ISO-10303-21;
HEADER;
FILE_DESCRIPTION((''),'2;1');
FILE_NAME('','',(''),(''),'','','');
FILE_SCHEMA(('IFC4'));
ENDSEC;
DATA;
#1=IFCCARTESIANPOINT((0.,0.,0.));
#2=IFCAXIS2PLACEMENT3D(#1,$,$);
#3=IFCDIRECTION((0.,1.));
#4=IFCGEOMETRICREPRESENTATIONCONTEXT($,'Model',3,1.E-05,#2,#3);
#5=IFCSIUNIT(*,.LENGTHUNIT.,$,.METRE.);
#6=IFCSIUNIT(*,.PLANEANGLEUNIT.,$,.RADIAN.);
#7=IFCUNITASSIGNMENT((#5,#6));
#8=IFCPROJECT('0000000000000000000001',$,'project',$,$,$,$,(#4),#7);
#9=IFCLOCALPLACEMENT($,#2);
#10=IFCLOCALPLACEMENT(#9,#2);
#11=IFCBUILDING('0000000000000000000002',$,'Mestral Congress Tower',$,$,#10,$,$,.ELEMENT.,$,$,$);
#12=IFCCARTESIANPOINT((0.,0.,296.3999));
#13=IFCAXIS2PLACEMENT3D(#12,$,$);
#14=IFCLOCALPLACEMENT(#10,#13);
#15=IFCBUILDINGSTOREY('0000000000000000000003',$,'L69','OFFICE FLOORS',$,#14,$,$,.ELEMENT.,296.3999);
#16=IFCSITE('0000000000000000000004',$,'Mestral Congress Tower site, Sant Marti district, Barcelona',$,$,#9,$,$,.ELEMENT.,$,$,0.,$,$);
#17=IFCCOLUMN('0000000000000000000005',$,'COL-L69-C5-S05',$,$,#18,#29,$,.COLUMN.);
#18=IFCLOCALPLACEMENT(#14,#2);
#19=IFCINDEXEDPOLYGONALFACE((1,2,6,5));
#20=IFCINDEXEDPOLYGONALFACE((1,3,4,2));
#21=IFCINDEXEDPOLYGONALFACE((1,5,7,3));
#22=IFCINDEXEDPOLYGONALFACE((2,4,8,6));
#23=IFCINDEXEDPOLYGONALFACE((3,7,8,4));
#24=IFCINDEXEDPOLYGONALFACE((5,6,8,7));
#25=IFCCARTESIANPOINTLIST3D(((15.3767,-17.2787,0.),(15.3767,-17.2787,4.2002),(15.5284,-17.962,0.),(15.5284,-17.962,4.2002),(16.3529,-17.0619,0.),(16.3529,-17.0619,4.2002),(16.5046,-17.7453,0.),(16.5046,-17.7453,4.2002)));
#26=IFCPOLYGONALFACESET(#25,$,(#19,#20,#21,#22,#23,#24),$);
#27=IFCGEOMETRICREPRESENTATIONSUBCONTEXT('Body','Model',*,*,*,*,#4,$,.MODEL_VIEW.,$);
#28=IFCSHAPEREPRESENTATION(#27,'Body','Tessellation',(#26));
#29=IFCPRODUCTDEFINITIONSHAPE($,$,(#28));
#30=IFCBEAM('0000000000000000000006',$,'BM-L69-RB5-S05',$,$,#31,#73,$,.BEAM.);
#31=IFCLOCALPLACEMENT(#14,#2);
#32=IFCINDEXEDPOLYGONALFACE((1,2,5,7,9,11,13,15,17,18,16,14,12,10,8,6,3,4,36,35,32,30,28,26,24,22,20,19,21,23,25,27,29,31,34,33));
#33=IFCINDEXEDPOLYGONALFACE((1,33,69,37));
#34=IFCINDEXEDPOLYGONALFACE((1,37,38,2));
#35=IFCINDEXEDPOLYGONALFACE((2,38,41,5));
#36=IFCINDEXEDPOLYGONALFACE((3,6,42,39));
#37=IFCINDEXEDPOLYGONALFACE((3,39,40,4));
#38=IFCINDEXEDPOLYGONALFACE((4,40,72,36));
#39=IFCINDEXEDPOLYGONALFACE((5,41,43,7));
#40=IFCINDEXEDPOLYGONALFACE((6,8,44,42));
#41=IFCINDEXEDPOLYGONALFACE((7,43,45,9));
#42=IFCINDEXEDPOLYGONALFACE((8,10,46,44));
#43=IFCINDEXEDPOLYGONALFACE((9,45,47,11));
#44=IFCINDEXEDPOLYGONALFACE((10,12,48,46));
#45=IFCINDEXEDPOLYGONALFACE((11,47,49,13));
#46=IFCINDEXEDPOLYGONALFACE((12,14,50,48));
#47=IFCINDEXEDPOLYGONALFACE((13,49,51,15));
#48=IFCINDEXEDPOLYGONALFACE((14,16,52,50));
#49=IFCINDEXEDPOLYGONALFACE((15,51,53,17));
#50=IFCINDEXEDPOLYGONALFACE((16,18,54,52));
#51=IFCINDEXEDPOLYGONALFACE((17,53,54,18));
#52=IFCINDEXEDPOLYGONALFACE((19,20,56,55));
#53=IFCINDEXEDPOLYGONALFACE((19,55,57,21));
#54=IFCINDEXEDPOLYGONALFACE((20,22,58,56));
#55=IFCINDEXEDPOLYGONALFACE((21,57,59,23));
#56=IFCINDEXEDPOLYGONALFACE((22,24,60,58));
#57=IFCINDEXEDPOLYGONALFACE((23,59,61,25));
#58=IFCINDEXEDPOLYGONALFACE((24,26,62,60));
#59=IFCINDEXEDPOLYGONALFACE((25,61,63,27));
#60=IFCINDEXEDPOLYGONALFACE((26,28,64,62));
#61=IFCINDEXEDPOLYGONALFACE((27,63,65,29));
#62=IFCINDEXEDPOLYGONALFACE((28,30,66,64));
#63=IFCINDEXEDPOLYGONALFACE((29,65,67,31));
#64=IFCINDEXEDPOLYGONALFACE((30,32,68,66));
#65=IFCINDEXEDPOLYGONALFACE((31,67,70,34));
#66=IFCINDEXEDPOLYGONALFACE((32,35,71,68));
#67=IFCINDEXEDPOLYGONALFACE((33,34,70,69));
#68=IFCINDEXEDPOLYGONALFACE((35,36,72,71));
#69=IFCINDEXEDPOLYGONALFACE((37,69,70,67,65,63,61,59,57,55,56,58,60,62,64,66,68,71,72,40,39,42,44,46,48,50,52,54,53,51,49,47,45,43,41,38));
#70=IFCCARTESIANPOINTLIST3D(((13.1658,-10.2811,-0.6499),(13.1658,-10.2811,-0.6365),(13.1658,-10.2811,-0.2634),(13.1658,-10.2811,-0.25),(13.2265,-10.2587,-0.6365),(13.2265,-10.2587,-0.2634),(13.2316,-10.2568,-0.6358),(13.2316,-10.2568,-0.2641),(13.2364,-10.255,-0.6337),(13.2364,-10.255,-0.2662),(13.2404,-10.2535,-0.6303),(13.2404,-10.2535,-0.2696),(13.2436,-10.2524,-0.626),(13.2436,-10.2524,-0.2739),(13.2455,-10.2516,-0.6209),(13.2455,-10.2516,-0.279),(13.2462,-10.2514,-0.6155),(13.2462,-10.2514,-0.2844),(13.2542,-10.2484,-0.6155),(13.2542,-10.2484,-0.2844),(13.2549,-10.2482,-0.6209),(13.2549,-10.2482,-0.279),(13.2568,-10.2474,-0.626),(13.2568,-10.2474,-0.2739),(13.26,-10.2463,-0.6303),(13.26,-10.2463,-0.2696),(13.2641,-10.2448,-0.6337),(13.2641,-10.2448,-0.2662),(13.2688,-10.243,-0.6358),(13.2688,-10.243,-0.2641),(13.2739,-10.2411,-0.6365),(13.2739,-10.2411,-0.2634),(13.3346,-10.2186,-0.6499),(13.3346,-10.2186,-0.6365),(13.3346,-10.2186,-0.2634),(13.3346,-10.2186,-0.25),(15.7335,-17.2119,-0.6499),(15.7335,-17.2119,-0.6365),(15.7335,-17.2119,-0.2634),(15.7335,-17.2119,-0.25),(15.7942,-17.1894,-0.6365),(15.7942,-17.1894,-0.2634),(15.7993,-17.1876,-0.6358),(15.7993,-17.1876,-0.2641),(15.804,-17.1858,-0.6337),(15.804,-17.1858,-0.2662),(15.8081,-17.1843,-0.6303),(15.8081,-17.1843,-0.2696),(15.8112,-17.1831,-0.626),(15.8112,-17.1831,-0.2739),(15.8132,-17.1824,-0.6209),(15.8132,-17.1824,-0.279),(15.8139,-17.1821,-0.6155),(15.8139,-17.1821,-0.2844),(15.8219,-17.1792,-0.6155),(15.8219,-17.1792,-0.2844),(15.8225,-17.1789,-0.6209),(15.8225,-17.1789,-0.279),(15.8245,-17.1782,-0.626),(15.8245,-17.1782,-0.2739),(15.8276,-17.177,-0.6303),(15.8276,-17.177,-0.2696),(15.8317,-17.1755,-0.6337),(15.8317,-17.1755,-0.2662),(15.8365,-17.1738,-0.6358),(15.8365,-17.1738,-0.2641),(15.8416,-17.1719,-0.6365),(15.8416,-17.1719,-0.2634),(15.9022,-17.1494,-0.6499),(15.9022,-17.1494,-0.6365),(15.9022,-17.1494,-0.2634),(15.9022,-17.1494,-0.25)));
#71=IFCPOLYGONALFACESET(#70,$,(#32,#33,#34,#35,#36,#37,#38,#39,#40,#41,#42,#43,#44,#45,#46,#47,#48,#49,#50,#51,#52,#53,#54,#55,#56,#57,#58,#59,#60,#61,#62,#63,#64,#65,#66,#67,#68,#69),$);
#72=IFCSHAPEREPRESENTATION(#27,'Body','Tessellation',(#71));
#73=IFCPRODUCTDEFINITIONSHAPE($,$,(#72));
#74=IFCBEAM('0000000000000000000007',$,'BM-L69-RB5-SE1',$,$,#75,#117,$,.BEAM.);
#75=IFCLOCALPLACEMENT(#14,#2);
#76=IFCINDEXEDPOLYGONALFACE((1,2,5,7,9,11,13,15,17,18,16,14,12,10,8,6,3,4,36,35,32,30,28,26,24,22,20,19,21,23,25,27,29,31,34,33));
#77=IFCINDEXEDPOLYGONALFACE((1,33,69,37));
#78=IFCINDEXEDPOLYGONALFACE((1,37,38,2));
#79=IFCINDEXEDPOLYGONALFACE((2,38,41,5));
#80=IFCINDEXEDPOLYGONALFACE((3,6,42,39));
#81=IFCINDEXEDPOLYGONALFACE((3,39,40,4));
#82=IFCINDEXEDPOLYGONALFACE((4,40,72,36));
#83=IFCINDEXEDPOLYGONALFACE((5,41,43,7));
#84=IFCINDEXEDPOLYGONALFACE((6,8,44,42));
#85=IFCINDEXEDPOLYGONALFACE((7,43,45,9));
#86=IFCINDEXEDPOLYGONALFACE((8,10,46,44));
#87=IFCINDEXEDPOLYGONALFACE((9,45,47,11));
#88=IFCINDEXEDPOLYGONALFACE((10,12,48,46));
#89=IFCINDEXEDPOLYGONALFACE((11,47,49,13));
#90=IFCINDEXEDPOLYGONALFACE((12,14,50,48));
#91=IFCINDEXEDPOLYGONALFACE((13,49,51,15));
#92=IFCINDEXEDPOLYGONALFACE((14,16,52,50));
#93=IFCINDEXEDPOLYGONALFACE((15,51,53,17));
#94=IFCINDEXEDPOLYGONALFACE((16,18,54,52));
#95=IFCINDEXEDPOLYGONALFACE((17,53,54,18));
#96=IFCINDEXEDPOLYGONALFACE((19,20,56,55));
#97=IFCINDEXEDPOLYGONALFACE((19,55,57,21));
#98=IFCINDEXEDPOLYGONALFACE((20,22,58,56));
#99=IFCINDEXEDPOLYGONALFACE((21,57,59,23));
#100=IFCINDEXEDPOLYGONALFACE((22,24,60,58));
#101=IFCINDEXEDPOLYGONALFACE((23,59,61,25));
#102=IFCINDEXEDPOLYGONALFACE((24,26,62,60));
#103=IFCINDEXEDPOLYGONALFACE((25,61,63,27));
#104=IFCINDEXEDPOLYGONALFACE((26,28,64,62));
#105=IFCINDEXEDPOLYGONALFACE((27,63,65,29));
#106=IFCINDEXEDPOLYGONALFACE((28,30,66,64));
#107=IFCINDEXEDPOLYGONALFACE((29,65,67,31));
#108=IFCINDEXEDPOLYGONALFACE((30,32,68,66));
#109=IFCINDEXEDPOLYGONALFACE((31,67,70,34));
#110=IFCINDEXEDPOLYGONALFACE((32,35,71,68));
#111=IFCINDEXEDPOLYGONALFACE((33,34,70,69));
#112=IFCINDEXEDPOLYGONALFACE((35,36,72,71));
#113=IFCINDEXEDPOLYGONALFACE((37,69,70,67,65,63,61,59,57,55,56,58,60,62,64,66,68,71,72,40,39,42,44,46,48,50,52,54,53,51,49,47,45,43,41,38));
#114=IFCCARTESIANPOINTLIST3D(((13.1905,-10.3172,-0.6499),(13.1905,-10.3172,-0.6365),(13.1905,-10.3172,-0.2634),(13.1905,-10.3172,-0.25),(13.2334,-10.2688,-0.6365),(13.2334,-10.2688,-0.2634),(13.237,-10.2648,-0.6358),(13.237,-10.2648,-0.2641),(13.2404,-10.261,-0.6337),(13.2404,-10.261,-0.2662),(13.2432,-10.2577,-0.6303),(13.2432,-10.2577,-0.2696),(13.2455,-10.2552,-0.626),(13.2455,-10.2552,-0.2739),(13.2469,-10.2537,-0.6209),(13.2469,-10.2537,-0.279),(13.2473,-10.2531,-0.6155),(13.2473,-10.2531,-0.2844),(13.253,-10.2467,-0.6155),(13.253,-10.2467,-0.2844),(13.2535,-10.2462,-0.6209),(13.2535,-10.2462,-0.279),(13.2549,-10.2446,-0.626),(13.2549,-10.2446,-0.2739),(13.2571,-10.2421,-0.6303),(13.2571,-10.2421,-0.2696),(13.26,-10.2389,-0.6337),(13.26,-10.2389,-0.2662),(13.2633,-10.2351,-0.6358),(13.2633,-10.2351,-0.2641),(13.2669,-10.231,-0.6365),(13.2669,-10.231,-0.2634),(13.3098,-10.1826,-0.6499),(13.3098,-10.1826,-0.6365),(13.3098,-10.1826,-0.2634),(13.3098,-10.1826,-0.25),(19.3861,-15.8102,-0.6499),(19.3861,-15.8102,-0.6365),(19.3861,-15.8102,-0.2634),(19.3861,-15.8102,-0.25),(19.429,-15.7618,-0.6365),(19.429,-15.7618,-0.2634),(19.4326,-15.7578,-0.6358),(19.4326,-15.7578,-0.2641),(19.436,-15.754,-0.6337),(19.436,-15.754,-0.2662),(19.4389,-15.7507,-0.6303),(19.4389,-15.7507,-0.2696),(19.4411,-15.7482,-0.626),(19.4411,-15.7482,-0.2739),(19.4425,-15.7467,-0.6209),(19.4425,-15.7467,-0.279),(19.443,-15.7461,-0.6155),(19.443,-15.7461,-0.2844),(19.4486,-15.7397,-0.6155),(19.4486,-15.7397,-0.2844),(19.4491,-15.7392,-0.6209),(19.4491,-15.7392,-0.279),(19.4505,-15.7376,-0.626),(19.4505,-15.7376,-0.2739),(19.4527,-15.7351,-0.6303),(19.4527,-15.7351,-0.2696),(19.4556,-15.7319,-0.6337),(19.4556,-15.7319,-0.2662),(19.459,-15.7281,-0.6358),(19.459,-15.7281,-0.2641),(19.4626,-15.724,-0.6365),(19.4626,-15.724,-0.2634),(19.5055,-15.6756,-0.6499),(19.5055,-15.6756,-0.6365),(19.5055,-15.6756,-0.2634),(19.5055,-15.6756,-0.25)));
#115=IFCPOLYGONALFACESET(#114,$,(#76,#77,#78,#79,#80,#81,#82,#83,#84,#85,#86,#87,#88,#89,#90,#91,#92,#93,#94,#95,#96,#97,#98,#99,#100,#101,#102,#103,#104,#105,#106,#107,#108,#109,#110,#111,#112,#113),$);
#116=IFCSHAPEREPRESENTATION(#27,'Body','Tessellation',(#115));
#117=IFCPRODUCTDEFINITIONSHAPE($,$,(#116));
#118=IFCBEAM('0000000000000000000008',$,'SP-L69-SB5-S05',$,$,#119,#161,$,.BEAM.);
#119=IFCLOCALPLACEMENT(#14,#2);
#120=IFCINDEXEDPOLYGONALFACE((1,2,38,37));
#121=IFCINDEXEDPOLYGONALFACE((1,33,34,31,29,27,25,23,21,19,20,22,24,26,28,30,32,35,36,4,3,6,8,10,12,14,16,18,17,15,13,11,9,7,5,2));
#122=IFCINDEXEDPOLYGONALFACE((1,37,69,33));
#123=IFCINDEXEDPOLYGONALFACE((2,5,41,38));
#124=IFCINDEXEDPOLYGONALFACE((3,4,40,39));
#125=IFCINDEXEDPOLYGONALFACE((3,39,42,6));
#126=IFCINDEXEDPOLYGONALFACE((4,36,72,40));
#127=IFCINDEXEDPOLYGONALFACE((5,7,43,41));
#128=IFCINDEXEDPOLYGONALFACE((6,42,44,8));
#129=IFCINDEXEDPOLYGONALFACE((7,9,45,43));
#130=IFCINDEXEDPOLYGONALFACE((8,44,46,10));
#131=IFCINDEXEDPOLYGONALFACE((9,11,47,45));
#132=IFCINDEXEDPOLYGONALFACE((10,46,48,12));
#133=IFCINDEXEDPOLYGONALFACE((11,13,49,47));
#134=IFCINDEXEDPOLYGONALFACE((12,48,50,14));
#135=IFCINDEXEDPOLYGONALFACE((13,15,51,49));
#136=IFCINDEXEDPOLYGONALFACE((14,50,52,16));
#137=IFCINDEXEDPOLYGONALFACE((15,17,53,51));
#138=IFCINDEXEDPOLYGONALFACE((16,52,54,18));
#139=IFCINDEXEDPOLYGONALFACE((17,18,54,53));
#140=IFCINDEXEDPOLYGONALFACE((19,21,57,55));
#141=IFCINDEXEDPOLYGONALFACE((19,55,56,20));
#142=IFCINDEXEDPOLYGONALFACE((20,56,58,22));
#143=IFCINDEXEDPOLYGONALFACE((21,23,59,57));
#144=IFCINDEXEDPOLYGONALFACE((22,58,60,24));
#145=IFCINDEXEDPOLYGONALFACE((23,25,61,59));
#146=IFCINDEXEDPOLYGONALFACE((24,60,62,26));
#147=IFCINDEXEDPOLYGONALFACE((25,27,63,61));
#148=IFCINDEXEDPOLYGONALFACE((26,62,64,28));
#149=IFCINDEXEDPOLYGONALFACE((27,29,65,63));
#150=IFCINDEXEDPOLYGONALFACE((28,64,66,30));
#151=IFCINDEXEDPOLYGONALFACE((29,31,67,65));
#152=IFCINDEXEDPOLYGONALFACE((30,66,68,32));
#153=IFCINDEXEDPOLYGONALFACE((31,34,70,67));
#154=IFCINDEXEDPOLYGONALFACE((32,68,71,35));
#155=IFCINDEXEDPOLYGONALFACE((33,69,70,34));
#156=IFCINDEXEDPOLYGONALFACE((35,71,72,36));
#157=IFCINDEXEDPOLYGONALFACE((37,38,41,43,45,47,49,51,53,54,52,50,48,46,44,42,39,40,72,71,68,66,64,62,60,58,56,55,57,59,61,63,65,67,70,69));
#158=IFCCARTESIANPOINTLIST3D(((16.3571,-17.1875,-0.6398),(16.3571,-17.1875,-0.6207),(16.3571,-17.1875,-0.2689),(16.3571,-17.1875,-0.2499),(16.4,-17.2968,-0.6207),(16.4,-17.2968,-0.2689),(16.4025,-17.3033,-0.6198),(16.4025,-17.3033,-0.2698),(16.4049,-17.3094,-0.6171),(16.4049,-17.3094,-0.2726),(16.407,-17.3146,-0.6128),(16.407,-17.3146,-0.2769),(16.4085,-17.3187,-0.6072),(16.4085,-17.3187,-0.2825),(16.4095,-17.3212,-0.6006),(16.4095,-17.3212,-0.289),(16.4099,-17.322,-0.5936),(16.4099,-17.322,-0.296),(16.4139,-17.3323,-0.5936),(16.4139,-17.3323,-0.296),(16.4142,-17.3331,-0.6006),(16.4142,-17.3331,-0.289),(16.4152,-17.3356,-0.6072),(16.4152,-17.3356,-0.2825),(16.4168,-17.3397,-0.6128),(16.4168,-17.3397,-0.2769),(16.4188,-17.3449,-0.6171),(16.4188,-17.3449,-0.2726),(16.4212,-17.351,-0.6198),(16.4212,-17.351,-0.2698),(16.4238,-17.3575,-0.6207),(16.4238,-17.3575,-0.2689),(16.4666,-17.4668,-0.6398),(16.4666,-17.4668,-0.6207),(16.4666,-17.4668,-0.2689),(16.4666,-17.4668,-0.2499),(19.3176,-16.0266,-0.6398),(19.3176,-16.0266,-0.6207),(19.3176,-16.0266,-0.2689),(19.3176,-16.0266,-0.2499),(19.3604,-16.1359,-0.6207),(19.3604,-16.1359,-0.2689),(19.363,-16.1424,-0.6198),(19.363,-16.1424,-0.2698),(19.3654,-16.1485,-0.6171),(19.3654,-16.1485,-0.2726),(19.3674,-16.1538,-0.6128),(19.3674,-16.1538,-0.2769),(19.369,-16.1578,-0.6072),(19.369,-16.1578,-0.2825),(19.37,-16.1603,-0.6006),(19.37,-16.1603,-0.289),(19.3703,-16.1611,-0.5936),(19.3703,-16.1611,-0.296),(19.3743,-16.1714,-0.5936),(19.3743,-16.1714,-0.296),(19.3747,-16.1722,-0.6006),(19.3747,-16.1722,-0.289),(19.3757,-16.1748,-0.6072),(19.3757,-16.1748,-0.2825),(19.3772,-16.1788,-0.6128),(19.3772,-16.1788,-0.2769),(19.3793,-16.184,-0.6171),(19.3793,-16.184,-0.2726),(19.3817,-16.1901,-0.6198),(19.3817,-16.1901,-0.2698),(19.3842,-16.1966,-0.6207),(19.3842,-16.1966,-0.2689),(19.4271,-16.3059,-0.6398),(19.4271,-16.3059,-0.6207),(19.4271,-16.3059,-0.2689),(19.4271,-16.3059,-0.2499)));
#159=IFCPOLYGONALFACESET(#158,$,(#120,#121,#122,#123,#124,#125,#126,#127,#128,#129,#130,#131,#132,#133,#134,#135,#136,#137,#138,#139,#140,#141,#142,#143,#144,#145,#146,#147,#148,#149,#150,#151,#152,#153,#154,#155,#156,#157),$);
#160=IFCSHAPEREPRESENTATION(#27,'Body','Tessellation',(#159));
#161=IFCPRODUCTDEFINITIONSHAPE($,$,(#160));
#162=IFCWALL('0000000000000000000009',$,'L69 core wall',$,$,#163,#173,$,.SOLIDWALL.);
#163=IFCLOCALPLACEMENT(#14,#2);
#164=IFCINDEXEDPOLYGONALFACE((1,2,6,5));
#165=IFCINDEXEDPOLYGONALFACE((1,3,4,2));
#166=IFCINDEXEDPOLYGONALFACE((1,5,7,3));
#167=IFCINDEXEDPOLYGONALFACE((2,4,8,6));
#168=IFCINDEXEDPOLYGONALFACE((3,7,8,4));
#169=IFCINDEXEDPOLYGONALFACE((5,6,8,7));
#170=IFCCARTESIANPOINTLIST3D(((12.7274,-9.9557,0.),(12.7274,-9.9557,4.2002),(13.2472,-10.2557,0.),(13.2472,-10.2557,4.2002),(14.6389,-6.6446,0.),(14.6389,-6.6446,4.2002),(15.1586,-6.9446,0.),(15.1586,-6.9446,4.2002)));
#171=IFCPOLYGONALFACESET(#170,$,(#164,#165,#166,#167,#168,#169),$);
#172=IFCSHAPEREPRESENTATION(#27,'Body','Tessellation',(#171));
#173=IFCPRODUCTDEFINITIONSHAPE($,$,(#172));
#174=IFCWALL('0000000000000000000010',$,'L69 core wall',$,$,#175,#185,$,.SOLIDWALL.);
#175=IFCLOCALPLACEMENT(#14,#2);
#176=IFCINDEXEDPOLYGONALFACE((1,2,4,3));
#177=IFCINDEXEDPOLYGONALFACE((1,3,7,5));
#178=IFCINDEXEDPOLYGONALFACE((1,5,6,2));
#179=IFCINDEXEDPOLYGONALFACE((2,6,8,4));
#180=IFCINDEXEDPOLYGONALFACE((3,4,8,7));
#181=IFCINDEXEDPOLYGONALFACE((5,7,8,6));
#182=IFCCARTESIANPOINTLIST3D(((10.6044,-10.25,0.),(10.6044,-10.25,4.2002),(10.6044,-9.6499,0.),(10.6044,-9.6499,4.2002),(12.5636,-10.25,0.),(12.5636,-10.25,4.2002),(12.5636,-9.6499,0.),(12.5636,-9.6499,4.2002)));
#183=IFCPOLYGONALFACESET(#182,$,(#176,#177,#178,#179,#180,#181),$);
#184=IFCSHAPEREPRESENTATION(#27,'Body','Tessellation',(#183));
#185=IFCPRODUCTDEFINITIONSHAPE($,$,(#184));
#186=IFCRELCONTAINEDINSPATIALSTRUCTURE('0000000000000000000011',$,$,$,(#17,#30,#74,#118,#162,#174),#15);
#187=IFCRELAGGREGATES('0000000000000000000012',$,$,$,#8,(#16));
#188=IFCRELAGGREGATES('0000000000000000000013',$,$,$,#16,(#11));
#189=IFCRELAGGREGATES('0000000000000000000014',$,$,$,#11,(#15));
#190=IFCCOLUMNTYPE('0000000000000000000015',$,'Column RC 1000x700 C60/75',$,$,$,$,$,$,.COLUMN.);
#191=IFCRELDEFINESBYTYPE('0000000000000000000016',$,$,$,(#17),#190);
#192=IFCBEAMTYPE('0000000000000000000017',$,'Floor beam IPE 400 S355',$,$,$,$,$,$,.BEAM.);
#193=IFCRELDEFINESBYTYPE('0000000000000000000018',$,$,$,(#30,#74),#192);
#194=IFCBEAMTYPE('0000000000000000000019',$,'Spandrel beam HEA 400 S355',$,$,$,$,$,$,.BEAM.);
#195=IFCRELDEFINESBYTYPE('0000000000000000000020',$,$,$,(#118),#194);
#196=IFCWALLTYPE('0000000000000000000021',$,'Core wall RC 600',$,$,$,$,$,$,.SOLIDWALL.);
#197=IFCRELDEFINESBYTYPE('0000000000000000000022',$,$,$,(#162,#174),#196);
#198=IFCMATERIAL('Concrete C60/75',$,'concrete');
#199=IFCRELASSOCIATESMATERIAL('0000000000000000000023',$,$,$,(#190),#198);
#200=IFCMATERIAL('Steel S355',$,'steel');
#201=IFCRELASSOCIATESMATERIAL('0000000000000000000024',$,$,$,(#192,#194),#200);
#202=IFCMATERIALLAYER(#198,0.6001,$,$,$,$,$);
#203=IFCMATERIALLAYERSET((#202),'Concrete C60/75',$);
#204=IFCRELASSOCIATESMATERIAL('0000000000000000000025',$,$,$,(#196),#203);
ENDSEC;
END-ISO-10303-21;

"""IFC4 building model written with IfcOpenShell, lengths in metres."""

from ifc_helpers import new_model, si_unit, direction, frame, frame_2d, origin, origin_2d, place, context, subcontext, project, spatial, rectangle, i_section, extrude, material, layer, layer_set, material_profile, profile_set, type_object, element, save


model = new_model("IFC4")

# Units and contexts
model_context = context("Model", 3, precision=1e-05, world=origin(), true_north=direction((0.0, 1.0)))
body_context = subcontext(model_context, "Body", "Model", "MODEL_VIEW")
ifc_project = project(units=[si_unit("LENGTHUNIT", "METRE"), si_unit("PLANEANGLEUNIT", "RADIAN")], contexts=[model_context])

# Site, building, storey
site_placement = place(None, origin())
site = spatial("IfcSite", under=ifc_project, at=site_placement, Name="Mestral Congress Tower site, Sant Marti district, Barcelona", CompositionType="ELEMENT", RefElevation=0.0)
building_placement = place(site_placement, origin())
building = spatial("IfcBuilding", under=site, at=building_placement, Name="Mestral Congress Tower", CompositionType="ELEMENT")
storey_placement = place(building_placement, frame((0.0, 0.0, 296.3999)))
storey = spatial("IfcBuildingStorey", under=building, at=storey_placement, Name="L69", Description="OFFICE FLOORS", CompositionType="ELEMENT", Elevation=296.3999)

# Column
ifc_material_1 = material(Name="Concrete C60/75", Category="concrete")
ifc_material_profile_1 = material_profile(ifc_material_1, rectangle(XDim=1.0, YDim=0.7, at=origin_2d()), Name="RC 1000x700")
ifc_profile_set_1 = profile_set([ifc_material_profile_1], Name="Concrete C60/75")
column_type = type_object("IfcColumnType", Name="Column RC 1000x700 C60/75", PredefinedType="COLUMN", material=ifc_profile_set_1)
column_placement = place(storey_placement, frame((15.9407, -17.512, 0.0), z_axis=(0.0, 0.0, 1.0), x_axis=(0.976234, 0.216721, 0.0)))
element("IfcColumn", 1, at=column_placement, inside=storey, type_object=column_type, Name="COL-L69-C5-S05", PredefinedType="COLUMN", context=body_context, shape_type="SweptSolid", body=[
    extrude(rectangle(XDim=1.0, YDim=0.7, at=origin_2d()), origin(), (0.0, 0.0, 1.0), 4.2002),
])

# Beams
ifc_material_2 = material(Name="Steel S355", Category="steel")
ifc_material_profile_2 = material_profile(ifc_material_2, i_section(OverallWidth=0.1799, OverallDepth=0.3999, WebThickness=0.0085, FlangeThickness=0.0134, FilletRadius=0.021, at=origin_2d()), Name="IPE 400")
ifc_profile_set_2 = profile_set([ifc_material_profile_2], Name="Steel S355")
beam_type_1 = type_object("IfcBeamType", Name="Floor beam IPE 400 S355", PredefinedType="BEAM", material=ifc_profile_set_2)
beam_1_placement = place(storey_placement, frame((15.8179, -17.1807, -0.45), z_axis=(-0.347399, 0.937717, 0.0), x_axis=(-0.937717, -0.347399, 0.0)))
element("IfcBeam", 2, at=beam_1_placement, inside=storey, type_object=beam_type_1, Name="BM-L69-RB5-S05", PredefinedType="BEAM", context=body_context, shape_type="SweptSolid", body=[
    extrude(i_section(OverallWidth=0.1799, OverallDepth=0.3999, WebThickness=0.0085, FlangeThickness=0.0134, FilletRadius=0.021, at=origin_2d()), origin(), (0.0, 0.0, 1.0), 7.3911),
])
beam_2_placement = place(storey_placement, frame((19.4458, -15.7429, -0.45), z_axis=(-0.748263, 0.663402, 0.0), x_axis=(-0.663402, -0.748263, 0.0)))
element("IfcBeam", 3, at=beam_2_placement, inside=storey, type_object=beam_type_1, Name="BM-L69-RB5-SE1", PredefinedType="BEAM", context=body_context, shape_type="SweptSolid", body=[
    extrude(i_section(OverallWidth=0.1799, OverallDepth=0.3999, WebThickness=0.0085, FlangeThickness=0.0134, FilletRadius=0.021, at=origin_2d()), origin(), (0.0, 0.0, 1.0), 8.28),
])
ifc_material_profile_3 = material_profile(ifc_material_2, i_section(OverallWidth=0.3, OverallDepth=0.3899, WebThickness=0.011, FlangeThickness=0.019, FilletRadius=0.0271, at=origin_2d()), Name="HEA 400")
ifc_profile_set_3 = profile_set([ifc_material_profile_3], Name="Steel S355")
beam_type_2 = type_object("IfcBeamType", Name="Spandrel beam HEA 400 S355", PredefinedType="BEAM", material=ifc_profile_set_3)
beam_3_placement = place(storey_placement, frame((16.4119, -17.3271, -0.4448), z_axis=(0.930981, 0.365068, 0.0), x_axis=(-0.365068, 0.930981, 0.0)))
element("IfcBeam", 4, at=beam_3_placement, inside=storey, type_object=beam_type_2, Name="SP-L69-SB5-S05", PredefinedType="BEAM", context=body_context, shape_type="SweptSolid", body=[
    extrude(i_section(OverallWidth=0.3, OverallDepth=0.3899, WebThickness=0.011, FlangeThickness=0.019, FilletRadius=0.0271, at=origin_2d()), origin(), (0.0, 0.0, 1.0), 3.1799),
])

# Walls
ifc_layer_1 = layer(ifc_material_1, 0.6001)
ifc_layer_set_1 = layer_set([ifc_layer_1], Name="Concrete C60/75")
wall_type_1 = type_object("IfcWallType", Name="Core wall RC 600", PredefinedType="SOLIDWALL", material=ifc_layer_set_1)
wall_1_placement = place(storey_placement, frame((12.9873, -10.1057, 0.0), z_axis=(0.0, 0.0, 1.0), x_axis=(0.499951, 0.866054, 0.0)))
element("IfcWall", 5, at=wall_1_placement, inside=storey, type_object=wall_type_1, Name="L69 core wall", PredefinedType="SOLIDWALL", context=body_context, shape_type="SweptSolid", body=[
    extrude(rectangle(XDim=3.8232, YDim=0.6001, at=frame_2d((1.9116, 0.0))), origin(), (0.0, 0.0, 1.0), 4.2002),
])
wall_2_placement = place(storey_placement, frame((10.6045, -9.95, 0.0), z_axis=(0.0, 0.0, 1.0), x_axis=(1.0, 0.0, 0.0)))
element("IfcWall", 6, at=wall_2_placement, inside=storey, type_object=wall_type_1, Name="L69 core wall", PredefinedType="SOLIDWALL", context=body_context, shape_type="SweptSolid", body=[
    extrude(rectangle(XDim=1.9592, YDim=0.6001, at=frame_2d((0.9795, 0.0))), origin(), (0.0, 0.0, 1.0), 4.2002),
])

save(model, "model.ifc")
